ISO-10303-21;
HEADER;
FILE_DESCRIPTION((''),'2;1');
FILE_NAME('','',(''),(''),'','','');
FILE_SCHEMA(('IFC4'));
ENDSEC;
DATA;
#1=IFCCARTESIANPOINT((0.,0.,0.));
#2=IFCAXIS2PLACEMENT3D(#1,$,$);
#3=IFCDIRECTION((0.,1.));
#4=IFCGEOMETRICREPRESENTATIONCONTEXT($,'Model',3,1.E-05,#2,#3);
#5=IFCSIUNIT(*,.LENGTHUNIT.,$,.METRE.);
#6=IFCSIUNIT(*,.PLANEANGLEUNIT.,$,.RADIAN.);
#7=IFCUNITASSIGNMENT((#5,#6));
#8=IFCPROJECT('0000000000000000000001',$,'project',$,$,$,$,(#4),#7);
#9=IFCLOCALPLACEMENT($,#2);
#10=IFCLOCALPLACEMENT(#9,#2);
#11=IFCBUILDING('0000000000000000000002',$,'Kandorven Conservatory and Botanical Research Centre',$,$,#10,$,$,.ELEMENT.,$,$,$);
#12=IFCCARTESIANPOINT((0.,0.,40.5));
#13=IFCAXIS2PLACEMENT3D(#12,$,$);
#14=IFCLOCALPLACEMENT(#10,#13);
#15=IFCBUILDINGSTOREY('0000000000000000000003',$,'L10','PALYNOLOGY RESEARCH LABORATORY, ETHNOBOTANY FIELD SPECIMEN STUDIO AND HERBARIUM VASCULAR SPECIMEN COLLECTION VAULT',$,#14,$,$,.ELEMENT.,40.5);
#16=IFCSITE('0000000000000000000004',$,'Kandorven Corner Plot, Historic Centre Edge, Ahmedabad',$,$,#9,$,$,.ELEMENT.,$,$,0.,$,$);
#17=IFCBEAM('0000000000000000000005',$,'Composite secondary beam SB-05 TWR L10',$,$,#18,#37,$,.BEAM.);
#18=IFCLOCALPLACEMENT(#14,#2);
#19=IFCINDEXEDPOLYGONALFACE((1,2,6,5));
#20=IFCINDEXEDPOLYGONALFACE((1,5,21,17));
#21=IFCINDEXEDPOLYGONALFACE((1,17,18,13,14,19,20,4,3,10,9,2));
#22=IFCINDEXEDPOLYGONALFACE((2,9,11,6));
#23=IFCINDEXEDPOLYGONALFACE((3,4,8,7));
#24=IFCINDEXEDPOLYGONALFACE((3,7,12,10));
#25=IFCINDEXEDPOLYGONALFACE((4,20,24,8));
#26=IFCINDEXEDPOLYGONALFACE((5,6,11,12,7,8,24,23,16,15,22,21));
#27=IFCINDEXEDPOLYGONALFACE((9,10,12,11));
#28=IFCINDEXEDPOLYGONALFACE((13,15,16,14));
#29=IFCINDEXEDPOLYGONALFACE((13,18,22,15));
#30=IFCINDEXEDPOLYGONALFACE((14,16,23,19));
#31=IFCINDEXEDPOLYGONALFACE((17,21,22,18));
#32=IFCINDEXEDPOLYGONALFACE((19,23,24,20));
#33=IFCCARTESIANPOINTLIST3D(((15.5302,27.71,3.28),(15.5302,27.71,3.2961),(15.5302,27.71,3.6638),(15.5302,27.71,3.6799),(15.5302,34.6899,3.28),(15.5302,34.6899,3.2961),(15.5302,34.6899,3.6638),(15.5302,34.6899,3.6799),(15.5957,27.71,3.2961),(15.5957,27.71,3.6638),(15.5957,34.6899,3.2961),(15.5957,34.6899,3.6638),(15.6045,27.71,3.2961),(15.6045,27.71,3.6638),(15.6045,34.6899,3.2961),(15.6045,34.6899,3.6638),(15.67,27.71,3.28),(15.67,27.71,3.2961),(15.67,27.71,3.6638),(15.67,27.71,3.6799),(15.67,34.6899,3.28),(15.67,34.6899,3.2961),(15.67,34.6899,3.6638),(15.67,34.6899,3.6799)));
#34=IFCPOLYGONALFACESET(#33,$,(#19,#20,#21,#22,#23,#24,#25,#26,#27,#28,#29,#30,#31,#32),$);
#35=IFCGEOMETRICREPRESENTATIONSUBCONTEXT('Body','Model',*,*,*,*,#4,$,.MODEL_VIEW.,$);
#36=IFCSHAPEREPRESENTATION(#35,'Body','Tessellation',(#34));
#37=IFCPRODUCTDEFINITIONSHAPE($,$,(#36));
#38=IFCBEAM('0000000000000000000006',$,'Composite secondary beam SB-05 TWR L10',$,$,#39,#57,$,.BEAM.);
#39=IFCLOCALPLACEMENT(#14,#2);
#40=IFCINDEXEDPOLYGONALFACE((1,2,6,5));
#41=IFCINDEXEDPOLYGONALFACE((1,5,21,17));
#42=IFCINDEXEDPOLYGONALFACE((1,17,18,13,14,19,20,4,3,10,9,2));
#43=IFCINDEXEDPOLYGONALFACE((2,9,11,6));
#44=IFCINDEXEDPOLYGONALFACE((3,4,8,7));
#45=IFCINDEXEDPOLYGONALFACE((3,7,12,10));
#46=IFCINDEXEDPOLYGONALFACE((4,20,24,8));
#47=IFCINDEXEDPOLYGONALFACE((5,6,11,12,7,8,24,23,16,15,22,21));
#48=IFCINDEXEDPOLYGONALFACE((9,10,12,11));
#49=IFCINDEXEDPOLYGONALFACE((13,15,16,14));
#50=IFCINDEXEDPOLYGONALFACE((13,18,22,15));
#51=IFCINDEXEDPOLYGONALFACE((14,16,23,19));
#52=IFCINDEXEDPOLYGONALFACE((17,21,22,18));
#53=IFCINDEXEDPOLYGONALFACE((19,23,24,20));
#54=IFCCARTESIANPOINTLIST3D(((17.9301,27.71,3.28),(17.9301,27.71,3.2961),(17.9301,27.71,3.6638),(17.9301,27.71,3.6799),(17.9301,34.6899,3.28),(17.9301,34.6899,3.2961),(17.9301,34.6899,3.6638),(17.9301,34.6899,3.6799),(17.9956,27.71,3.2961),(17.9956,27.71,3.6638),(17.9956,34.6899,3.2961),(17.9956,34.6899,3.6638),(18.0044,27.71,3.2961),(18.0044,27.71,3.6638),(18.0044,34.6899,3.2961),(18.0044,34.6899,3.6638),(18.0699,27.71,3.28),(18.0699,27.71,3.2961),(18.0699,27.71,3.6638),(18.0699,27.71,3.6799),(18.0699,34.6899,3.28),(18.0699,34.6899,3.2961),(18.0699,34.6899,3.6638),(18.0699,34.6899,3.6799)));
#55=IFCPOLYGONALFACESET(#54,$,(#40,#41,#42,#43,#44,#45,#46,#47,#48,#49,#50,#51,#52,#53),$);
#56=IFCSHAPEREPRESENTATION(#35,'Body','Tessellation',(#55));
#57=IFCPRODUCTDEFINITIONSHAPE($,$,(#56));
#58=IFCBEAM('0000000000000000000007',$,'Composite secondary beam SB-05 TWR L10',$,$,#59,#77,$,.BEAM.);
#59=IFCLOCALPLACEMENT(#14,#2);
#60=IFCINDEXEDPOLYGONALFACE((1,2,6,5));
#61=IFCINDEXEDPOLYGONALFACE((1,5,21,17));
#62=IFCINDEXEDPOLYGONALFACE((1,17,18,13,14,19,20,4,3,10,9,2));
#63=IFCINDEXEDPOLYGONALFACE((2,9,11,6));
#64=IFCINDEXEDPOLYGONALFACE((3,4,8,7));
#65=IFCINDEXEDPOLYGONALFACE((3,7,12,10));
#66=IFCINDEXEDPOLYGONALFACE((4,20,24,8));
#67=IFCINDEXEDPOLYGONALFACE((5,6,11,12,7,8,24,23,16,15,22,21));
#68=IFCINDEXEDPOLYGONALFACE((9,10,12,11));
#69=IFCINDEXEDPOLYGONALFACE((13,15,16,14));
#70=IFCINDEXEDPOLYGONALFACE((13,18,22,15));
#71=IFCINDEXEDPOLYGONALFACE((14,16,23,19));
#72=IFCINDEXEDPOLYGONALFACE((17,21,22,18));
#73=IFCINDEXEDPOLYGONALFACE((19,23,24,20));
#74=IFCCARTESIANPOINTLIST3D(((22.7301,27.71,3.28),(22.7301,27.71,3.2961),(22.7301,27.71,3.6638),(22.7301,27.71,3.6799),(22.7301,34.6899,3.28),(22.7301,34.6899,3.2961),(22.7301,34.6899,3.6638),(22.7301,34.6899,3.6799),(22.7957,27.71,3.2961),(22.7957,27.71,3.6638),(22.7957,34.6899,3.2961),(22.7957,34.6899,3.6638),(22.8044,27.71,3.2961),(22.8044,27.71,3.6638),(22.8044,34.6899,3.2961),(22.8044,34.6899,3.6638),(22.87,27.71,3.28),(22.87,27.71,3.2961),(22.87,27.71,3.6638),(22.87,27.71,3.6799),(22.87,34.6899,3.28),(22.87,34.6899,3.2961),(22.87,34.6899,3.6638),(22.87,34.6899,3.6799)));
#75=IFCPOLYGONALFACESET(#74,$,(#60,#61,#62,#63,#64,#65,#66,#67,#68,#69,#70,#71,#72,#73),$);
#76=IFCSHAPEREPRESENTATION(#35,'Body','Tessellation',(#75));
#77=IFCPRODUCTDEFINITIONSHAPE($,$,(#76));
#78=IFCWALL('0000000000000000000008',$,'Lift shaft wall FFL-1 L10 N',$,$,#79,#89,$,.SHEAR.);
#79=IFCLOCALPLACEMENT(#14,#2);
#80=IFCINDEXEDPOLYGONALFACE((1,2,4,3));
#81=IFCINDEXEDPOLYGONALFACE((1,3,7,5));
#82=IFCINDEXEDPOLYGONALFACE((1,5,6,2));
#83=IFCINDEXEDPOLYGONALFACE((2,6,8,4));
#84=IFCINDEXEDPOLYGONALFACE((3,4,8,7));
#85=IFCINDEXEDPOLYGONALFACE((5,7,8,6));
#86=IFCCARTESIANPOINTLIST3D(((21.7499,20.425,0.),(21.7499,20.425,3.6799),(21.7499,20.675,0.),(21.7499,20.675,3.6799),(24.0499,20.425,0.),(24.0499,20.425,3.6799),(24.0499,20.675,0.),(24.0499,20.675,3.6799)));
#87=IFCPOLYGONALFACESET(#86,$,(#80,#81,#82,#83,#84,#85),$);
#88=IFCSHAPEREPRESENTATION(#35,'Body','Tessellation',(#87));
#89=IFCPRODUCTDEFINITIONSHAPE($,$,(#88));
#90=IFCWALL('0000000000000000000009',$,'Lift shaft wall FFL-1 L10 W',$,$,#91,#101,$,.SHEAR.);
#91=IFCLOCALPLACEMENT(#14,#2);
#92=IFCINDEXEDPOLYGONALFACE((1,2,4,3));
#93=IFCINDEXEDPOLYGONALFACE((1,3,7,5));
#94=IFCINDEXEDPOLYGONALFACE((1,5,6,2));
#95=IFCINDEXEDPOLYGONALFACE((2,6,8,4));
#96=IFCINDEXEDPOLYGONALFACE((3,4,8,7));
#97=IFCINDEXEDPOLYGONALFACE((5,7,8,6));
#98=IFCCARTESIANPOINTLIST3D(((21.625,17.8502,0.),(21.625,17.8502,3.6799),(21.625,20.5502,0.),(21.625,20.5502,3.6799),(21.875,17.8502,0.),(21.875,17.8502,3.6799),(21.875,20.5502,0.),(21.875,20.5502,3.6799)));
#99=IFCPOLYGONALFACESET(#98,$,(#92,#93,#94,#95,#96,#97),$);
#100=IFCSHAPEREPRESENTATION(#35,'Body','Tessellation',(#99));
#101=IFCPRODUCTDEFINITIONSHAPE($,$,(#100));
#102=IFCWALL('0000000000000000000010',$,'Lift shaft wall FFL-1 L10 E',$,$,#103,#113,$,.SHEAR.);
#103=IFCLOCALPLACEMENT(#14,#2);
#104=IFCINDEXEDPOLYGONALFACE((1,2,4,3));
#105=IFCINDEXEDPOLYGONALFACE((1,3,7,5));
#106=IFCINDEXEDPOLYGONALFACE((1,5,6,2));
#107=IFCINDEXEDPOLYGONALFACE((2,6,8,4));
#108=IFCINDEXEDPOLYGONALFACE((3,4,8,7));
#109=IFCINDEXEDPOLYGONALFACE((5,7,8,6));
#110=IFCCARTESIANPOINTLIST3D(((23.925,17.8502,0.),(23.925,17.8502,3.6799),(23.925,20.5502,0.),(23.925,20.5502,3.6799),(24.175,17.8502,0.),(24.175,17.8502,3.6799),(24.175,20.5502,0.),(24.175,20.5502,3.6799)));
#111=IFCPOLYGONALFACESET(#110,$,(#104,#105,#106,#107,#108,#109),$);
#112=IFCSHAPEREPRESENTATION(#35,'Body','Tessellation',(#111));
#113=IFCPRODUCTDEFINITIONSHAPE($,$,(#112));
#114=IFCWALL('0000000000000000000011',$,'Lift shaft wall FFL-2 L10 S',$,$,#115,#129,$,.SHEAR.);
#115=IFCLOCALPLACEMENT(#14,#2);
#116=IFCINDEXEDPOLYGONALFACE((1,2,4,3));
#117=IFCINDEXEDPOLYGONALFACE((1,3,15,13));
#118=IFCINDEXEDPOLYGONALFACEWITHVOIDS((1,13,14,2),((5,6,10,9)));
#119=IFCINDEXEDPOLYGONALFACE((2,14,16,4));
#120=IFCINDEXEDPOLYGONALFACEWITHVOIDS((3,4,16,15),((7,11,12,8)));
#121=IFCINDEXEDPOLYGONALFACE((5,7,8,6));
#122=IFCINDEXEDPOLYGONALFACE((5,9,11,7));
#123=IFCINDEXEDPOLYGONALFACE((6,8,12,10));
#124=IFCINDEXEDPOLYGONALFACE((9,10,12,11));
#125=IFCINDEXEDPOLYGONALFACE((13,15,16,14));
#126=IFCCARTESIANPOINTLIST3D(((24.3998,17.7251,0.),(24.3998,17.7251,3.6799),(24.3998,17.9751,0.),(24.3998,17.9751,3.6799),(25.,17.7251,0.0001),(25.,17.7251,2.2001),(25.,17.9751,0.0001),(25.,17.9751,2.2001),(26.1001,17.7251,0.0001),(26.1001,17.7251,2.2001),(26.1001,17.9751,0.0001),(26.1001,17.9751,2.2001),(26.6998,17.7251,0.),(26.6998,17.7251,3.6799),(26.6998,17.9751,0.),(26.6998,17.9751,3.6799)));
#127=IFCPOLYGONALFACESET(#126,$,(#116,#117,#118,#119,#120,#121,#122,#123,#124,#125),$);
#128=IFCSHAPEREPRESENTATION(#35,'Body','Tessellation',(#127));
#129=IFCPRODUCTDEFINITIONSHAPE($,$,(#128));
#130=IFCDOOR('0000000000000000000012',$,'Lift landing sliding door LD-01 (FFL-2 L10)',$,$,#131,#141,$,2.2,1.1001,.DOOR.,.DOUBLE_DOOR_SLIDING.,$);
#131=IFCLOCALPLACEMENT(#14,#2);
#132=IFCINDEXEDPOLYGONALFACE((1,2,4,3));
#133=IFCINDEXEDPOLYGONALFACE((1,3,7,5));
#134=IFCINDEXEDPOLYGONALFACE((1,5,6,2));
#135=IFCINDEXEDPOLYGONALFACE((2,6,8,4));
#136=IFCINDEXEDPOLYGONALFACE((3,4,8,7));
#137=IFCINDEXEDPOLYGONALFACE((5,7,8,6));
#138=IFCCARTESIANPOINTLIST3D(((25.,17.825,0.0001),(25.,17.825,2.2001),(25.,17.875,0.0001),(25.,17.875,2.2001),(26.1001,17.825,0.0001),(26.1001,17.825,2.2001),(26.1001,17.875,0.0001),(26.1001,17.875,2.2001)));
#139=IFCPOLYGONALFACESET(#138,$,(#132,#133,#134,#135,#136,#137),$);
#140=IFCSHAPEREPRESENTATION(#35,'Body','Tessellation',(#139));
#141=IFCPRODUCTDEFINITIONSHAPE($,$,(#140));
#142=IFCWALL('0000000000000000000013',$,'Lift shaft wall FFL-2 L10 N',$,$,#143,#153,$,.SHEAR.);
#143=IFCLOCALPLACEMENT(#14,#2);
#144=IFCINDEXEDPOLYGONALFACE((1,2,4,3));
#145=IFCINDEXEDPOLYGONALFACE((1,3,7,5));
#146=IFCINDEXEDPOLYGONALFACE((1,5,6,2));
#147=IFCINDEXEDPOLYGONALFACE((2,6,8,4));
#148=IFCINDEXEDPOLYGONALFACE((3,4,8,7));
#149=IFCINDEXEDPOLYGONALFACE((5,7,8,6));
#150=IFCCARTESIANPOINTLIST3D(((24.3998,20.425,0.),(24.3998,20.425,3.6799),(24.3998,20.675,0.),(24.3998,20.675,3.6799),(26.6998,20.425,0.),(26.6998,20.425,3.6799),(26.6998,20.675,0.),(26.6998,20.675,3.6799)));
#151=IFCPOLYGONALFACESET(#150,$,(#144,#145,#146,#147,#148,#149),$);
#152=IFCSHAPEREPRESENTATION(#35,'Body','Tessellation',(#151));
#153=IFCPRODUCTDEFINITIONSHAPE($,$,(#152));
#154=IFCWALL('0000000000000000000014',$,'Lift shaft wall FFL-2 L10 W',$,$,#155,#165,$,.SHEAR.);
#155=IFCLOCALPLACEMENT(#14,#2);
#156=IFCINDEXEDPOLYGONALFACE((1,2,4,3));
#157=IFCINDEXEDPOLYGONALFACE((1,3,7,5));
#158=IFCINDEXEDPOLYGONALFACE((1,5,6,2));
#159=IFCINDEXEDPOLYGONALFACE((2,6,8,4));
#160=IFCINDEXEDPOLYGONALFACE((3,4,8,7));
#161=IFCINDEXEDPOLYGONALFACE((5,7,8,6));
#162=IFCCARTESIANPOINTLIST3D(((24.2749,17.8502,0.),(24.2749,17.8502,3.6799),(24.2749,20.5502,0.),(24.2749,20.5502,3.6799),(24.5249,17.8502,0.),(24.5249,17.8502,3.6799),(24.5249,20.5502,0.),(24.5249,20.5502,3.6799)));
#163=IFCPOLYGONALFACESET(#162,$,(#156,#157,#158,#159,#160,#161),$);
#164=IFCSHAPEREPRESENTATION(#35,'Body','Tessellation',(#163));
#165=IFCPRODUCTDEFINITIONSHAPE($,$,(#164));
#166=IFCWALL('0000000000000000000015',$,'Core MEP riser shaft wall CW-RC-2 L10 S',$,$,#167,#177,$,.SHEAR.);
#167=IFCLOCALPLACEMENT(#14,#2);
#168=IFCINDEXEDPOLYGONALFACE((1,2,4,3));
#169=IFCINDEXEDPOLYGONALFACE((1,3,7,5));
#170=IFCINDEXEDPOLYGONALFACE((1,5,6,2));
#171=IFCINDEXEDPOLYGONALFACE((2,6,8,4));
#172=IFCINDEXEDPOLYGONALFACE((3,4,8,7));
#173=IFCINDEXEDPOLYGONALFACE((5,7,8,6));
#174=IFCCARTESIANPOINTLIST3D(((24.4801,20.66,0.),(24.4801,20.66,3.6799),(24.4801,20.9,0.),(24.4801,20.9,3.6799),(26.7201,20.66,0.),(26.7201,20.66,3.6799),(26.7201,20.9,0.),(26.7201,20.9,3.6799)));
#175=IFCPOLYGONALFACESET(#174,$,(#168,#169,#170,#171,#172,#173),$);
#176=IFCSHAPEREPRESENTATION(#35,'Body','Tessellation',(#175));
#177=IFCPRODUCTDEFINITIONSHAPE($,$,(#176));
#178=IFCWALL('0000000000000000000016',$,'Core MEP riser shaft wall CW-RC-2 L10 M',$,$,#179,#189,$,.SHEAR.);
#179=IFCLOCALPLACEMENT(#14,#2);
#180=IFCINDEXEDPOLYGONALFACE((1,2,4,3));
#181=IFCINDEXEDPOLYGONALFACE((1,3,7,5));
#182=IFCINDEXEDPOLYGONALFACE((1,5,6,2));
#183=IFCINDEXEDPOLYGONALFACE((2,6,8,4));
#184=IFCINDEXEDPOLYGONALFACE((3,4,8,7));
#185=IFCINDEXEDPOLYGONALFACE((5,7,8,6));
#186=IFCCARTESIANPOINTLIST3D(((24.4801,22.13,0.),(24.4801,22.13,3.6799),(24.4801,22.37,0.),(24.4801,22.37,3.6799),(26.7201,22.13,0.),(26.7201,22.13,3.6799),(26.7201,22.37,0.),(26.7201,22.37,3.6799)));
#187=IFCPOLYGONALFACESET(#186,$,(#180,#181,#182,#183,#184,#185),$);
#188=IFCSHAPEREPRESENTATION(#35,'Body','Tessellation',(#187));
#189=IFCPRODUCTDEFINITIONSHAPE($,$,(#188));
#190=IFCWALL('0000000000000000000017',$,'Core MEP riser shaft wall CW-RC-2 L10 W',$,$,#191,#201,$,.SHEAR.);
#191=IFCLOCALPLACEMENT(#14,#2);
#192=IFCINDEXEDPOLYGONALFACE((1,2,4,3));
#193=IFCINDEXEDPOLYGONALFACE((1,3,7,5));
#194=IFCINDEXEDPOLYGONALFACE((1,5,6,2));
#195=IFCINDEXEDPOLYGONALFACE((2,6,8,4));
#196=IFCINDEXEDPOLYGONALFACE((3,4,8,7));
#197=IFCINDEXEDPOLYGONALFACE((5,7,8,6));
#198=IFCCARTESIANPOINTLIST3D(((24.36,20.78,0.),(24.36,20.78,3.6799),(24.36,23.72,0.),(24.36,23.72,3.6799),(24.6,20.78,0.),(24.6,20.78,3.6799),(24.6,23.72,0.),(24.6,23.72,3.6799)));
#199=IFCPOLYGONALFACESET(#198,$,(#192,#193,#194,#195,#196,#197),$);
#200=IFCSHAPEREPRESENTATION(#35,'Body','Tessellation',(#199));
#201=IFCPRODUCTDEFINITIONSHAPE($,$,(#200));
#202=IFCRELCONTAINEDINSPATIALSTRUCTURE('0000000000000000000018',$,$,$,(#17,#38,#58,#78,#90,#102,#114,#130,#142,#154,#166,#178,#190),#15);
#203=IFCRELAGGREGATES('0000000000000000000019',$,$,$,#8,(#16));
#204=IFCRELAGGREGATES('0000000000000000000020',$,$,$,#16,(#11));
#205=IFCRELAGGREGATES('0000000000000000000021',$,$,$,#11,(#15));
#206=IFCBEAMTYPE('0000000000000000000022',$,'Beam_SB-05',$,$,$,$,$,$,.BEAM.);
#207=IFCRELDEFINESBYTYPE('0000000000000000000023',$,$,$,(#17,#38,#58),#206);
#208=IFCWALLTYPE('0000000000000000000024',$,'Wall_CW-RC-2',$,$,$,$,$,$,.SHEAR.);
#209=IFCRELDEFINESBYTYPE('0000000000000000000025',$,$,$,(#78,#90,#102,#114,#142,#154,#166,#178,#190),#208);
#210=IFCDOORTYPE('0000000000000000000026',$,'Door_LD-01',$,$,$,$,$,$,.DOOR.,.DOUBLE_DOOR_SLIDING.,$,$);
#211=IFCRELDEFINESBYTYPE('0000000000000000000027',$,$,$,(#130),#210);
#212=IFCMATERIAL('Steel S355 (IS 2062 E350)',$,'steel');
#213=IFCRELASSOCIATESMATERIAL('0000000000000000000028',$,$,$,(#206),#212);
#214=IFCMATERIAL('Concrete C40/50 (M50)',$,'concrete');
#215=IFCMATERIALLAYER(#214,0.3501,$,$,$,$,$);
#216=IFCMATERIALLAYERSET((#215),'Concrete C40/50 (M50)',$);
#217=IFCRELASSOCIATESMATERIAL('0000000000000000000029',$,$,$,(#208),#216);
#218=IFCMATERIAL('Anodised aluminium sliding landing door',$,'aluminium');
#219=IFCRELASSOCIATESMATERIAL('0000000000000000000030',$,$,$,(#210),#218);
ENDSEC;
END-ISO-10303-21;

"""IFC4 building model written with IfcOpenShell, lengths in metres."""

from ifc_helpers import new_model, si_unit, direction, frame, frame_2d, origin, origin_2d, place, context, subcontext, project, spatial, rectangle, i_section, extrude, material, layer, layer_set, material_profile, profile_set, type_object, element, fill, save


model = new_model("IFC4")

# Units and contexts
model_context = context("Model", 3, precision=1e-05, world=origin(), true_north=direction((0.0, 1.0)))
body_context = subcontext(model_context, "Body", "Model", "MODEL_VIEW")
ifc_project = project(units=[si_unit("LENGTHUNIT", "METRE"), si_unit("PLANEANGLEUNIT", "RADIAN")], contexts=[model_context])

# Site, building, storey
site_placement = place(None, origin())
site = spatial("IfcSite", under=ifc_project, at=site_placement, Name="Kandorven Corner Plot, Historic Centre Edge, Ahmedabad", CompositionType="ELEMENT", RefElevation=0.0)
building_placement = place(site_placement, origin())
building = spatial("IfcBuilding", under=site, at=building_placement, Name="Kandorven Conservatory and Botanical Research Centre", CompositionType="ELEMENT")
storey_placement = place(building_placement, frame((0.0, 0.0, 40.5)))
storey = spatial("IfcBuildingStorey", under=building, at=storey_placement, Name="L10", Description="PALYNOLOGY RESEARCH LABORATORY, ETHNOBOTANY FIELD SPECIMEN STUDIO AND HERBARIUM VASCULAR SPECIMEN COLLECTION VAULT", CompositionType="ELEMENT", Elevation=40.5)

# Beams
ifc_material_1 = material(Name="Steel S355 (IS 2062 E350)", Category="steel")
ifc_material_profile_1 = material_profile(ifc_material_1, i_section(OverallWidth=0.1399, OverallDepth=0.3999, WebThickness=0.0088, FlangeThickness=0.0161, at=origin_2d()))
ifc_profile_set_1 = profile_set([ifc_material_profile_1], Name="Steel S355 (IS 2062 E350)")
beam_type_1 = type_object("IfcBeamType", Name="Beam_SB-05", PredefinedType="BEAM", material=ifc_profile_set_1)
for number, where, z_axis, x_axis, name in (
    (1, (15.6001, 27.71, 3.48), (0.0, 1.0, 0.0), (-1.0, 0.0, 0.0), "Composite secondary beam SB-05 TWR L10"),
    (2, (18.0, 27.71, 3.48), (0.0, 1.0, 0.0), (-1.0, 0.0, 0.0), "Composite secondary beam SB-05 TWR L10"),
    (3, (22.8, 27.71, 3.48), (0.0, 1.0, 0.0), (-1.0, 0.0, 0.0), "Composite secondary beam SB-05 TWR L10"),
):
    element("IfcBeam", number, at=place(storey_placement, frame(where, z_axis=z_axis, x_axis=x_axis)), inside=storey, type_object=beam_type_1, Name=name, PredefinedType="BEAM", context=body_context, shape_type="SweptSolid", body=[
        extrude(i_section(OverallWidth=0.1399, OverallDepth=0.3999, WebThickness=0.0088, FlangeThickness=0.0161, at=origin_2d()), origin(), (0.0, 0.0, 1.0), 6.98),
    ])

# Walls
ifc_material_2 = material(Name="Concrete C40/50 (M50)", Category="concrete")
ifc_layer_1 = layer(ifc_material_2, 0.3501)
ifc_layer_set_1 = layer_set([ifc_layer_1], Name="Concrete C40/50 (M50)")
wall_type_1 = type_object("IfcWallType", Name="Wall_CW-RC-2", PredefinedType="SHEAR", material=ifc_layer_set_1)
wall_1_placement = place(storey_placement, frame((21.75, 20.55, 0.0), z_axis=(0.0, 0.0, 1.0), x_axis=(1.0, 0.0, 0.0)))
element("IfcWall", 4, at=wall_1_placement, inside=storey, type_object=wall_type_1, Name="Lift shaft wall FFL-1 L10 N", PredefinedType="SHEAR", context=body_context, shape_type="SweptSolid", body=[
    extrude(rectangle(XDim=2.3, YDim=0.25, at=frame_2d((1.1499, 0.0))), origin(), (0.0, 0.0, 1.0), 3.6799),
])
for number, where, z_axis, x_axis, name in (
    (5, (21.75, 17.8501, 0.0), (0.0, 0.0, 1.0), (0.0, 1.0, 0.0), "Lift shaft wall FFL-1 L10 W"),
    (6, (24.05, 17.8501, 0.0), (0.0, 0.0, 1.0), (0.0, 1.0, 0.0), "Lift shaft wall FFL-1 L10 E"),
):
    element("IfcWall", number, at=place(storey_placement, frame(where, z_axis=z_axis, x_axis=x_axis)), inside=storey, type_object=wall_type_1, Name=name, PredefinedType="SHEAR", context=body_context, shape_type="SweptSolid", body=[
        extrude(rectangle(XDim=2.7, YDim=0.25, at=frame_2d((1.3501, 0.0))), origin(), (0.0, 0.0, 1.0), 3.6799),
    ])

# Wall, opening, door
wall_2_placement = place(storey_placement, frame((24.3999, 17.8501, 0.0), z_axis=(0.0, 0.0, 1.0), x_axis=(1.0, 0.0, 0.0)))
wall_2 = element("IfcWall", 7, at=wall_2_placement, inside=storey, type_object=wall_type_1, Name="Lift shaft wall FFL-2 L10 S", PredefinedType="SHEAR", context=body_context, shape_type="SweptSolid", body=[
    extrude(rectangle(XDim=2.3, YDim=0.25, at=frame_2d((1.1499, 0.0))), origin(), (0.0, 0.0, 1.0), 3.6799),
])
opening_1_placement = place(wall_2_placement, frame((0.6001, 0.0, 0.0)))
opening_1 = element("IfcOpeningElement", 8, at=opening_1_placement, cuts=wall_2, PredefinedType="OPENING", context=body_context, shape_type="SweptSolid", body=[
    extrude(rectangle(XDim=1.1001, YDim=2.2, at=frame_2d((0.55, 1.1001))), frame((0.0, 0.135, 0.0), z_axis=(0.0, -1.0, 0.0), x_axis=(1.0, 0.0, 0.0)), (0.0, 0.0, 1.0), 0.27),
])
ifc_material_3 = material(Name="Anodised aluminium sliding landing door", Category="aluminium")
door_type_1 = type_object("IfcDoorType", Name="Door_LD-01", OperationType="DOUBLE_DOOR_SLIDING", PredefinedType="DOOR", material=ifc_material_3)
door_1_placement = place(opening_1_placement, origin())
door_1 = element("IfcDoor", 9, at=door_1_placement, inside=storey, type_object=door_type_1, Name="Lift landing sliding door LD-01 (FFL-2 L10)", OperationType="DOUBLE_DOOR_SLIDING", OverallHeight=2.2, OverallWidth=1.1001, PredefinedType="DOOR", context=body_context, shape_type="SweptSolid", body=[
    extrude(rectangle(XDim=1.1001, YDim=2.2, at=frame_2d((0.55, 1.1001))), frame((0.0, 0.0249, 0.0), z_axis=(0.0, -1.0, 0.0), x_axis=(1.0, 0.0, 0.0)), (0.0, 0.0, 1.0), 0.05),
])
fill(opening_1, door_1)

# Walls
wall_3_placement = place(storey_placement, frame((24.3999, 20.55, 0.0), z_axis=(0.0, 0.0, 1.0), x_axis=(1.0, 0.0, 0.0)))
element("IfcWall", 10, at=wall_3_placement, inside=storey, type_object=wall_type_1, Name="Lift shaft wall FFL-2 L10 N", PredefinedType="SHEAR", context=body_context, shape_type="SweptSolid", body=[
    extrude(rectangle(XDim=2.3, YDim=0.25, at=frame_2d((1.1499, 0.0))), origin(), (0.0, 0.0, 1.0), 3.6799),
])
wall_4_placement = place(storey_placement, frame((24.3999, 17.8501, 0.0), z_axis=(0.0, 0.0, 1.0), x_axis=(0.0, 1.0, 0.0)))
element("IfcWall", 11, at=wall_4_placement, inside=storey, type_object=wall_type_1, Name="Lift shaft wall FFL-2 L10 W", PredefinedType="SHEAR", context=body_context, shape_type="SweptSolid", body=[
    extrude(rectangle(XDim=2.7, YDim=0.25, at=frame_2d((1.3501, 0.0))), origin(), (0.0, 0.0, 1.0), 3.6799),
])
for number, where, z_axis, x_axis, name in (
    (12, (24.48, 20.78, 0.0), (0.0, 0.0, 1.0), (1.0, 0.0, 0.0), "Core MEP riser shaft wall CW-RC-2 L10 S"),
    (13, (24.48, 22.25, 0.0), (0.0, 0.0, 1.0), (1.0, 0.0, 0.0), "Core MEP riser shaft wall CW-RC-2 L10 M"),
):
    element("IfcWall", number, at=place(storey_placement, frame(where, z_axis=z_axis, x_axis=x_axis)), inside=storey, type_object=wall_type_1, Name=name, PredefinedType="SHEAR", context=body_context, shape_type="SweptSolid", body=[
        extrude(rectangle(XDim=2.24, YDim=0.24, at=frame_2d((1.1201, 0.0))), origin(), (0.0, 0.0, 1.0), 3.6799),
    ])
wall_5_placement = place(storey_placement, frame((24.48, 20.78, 0.0), z_axis=(0.0, 0.0, 1.0), x_axis=(0.0, 1.0, 0.0)))
element("IfcWall", 14, at=wall_5_placement, inside=storey, type_object=wall_type_1, Name="Core MEP riser shaft wall CW-RC-2 L10 W", PredefinedType="SHEAR", context=body_context, shape_type="SweptSolid", body=[
    extrude(rectangle(XDim=2.9399, YDim=0.24, at=frame_2d((1.47, 0.0))), origin(), (0.0, 0.0, 1.0), 3.6799),
])

save(model, "model.ifc")
